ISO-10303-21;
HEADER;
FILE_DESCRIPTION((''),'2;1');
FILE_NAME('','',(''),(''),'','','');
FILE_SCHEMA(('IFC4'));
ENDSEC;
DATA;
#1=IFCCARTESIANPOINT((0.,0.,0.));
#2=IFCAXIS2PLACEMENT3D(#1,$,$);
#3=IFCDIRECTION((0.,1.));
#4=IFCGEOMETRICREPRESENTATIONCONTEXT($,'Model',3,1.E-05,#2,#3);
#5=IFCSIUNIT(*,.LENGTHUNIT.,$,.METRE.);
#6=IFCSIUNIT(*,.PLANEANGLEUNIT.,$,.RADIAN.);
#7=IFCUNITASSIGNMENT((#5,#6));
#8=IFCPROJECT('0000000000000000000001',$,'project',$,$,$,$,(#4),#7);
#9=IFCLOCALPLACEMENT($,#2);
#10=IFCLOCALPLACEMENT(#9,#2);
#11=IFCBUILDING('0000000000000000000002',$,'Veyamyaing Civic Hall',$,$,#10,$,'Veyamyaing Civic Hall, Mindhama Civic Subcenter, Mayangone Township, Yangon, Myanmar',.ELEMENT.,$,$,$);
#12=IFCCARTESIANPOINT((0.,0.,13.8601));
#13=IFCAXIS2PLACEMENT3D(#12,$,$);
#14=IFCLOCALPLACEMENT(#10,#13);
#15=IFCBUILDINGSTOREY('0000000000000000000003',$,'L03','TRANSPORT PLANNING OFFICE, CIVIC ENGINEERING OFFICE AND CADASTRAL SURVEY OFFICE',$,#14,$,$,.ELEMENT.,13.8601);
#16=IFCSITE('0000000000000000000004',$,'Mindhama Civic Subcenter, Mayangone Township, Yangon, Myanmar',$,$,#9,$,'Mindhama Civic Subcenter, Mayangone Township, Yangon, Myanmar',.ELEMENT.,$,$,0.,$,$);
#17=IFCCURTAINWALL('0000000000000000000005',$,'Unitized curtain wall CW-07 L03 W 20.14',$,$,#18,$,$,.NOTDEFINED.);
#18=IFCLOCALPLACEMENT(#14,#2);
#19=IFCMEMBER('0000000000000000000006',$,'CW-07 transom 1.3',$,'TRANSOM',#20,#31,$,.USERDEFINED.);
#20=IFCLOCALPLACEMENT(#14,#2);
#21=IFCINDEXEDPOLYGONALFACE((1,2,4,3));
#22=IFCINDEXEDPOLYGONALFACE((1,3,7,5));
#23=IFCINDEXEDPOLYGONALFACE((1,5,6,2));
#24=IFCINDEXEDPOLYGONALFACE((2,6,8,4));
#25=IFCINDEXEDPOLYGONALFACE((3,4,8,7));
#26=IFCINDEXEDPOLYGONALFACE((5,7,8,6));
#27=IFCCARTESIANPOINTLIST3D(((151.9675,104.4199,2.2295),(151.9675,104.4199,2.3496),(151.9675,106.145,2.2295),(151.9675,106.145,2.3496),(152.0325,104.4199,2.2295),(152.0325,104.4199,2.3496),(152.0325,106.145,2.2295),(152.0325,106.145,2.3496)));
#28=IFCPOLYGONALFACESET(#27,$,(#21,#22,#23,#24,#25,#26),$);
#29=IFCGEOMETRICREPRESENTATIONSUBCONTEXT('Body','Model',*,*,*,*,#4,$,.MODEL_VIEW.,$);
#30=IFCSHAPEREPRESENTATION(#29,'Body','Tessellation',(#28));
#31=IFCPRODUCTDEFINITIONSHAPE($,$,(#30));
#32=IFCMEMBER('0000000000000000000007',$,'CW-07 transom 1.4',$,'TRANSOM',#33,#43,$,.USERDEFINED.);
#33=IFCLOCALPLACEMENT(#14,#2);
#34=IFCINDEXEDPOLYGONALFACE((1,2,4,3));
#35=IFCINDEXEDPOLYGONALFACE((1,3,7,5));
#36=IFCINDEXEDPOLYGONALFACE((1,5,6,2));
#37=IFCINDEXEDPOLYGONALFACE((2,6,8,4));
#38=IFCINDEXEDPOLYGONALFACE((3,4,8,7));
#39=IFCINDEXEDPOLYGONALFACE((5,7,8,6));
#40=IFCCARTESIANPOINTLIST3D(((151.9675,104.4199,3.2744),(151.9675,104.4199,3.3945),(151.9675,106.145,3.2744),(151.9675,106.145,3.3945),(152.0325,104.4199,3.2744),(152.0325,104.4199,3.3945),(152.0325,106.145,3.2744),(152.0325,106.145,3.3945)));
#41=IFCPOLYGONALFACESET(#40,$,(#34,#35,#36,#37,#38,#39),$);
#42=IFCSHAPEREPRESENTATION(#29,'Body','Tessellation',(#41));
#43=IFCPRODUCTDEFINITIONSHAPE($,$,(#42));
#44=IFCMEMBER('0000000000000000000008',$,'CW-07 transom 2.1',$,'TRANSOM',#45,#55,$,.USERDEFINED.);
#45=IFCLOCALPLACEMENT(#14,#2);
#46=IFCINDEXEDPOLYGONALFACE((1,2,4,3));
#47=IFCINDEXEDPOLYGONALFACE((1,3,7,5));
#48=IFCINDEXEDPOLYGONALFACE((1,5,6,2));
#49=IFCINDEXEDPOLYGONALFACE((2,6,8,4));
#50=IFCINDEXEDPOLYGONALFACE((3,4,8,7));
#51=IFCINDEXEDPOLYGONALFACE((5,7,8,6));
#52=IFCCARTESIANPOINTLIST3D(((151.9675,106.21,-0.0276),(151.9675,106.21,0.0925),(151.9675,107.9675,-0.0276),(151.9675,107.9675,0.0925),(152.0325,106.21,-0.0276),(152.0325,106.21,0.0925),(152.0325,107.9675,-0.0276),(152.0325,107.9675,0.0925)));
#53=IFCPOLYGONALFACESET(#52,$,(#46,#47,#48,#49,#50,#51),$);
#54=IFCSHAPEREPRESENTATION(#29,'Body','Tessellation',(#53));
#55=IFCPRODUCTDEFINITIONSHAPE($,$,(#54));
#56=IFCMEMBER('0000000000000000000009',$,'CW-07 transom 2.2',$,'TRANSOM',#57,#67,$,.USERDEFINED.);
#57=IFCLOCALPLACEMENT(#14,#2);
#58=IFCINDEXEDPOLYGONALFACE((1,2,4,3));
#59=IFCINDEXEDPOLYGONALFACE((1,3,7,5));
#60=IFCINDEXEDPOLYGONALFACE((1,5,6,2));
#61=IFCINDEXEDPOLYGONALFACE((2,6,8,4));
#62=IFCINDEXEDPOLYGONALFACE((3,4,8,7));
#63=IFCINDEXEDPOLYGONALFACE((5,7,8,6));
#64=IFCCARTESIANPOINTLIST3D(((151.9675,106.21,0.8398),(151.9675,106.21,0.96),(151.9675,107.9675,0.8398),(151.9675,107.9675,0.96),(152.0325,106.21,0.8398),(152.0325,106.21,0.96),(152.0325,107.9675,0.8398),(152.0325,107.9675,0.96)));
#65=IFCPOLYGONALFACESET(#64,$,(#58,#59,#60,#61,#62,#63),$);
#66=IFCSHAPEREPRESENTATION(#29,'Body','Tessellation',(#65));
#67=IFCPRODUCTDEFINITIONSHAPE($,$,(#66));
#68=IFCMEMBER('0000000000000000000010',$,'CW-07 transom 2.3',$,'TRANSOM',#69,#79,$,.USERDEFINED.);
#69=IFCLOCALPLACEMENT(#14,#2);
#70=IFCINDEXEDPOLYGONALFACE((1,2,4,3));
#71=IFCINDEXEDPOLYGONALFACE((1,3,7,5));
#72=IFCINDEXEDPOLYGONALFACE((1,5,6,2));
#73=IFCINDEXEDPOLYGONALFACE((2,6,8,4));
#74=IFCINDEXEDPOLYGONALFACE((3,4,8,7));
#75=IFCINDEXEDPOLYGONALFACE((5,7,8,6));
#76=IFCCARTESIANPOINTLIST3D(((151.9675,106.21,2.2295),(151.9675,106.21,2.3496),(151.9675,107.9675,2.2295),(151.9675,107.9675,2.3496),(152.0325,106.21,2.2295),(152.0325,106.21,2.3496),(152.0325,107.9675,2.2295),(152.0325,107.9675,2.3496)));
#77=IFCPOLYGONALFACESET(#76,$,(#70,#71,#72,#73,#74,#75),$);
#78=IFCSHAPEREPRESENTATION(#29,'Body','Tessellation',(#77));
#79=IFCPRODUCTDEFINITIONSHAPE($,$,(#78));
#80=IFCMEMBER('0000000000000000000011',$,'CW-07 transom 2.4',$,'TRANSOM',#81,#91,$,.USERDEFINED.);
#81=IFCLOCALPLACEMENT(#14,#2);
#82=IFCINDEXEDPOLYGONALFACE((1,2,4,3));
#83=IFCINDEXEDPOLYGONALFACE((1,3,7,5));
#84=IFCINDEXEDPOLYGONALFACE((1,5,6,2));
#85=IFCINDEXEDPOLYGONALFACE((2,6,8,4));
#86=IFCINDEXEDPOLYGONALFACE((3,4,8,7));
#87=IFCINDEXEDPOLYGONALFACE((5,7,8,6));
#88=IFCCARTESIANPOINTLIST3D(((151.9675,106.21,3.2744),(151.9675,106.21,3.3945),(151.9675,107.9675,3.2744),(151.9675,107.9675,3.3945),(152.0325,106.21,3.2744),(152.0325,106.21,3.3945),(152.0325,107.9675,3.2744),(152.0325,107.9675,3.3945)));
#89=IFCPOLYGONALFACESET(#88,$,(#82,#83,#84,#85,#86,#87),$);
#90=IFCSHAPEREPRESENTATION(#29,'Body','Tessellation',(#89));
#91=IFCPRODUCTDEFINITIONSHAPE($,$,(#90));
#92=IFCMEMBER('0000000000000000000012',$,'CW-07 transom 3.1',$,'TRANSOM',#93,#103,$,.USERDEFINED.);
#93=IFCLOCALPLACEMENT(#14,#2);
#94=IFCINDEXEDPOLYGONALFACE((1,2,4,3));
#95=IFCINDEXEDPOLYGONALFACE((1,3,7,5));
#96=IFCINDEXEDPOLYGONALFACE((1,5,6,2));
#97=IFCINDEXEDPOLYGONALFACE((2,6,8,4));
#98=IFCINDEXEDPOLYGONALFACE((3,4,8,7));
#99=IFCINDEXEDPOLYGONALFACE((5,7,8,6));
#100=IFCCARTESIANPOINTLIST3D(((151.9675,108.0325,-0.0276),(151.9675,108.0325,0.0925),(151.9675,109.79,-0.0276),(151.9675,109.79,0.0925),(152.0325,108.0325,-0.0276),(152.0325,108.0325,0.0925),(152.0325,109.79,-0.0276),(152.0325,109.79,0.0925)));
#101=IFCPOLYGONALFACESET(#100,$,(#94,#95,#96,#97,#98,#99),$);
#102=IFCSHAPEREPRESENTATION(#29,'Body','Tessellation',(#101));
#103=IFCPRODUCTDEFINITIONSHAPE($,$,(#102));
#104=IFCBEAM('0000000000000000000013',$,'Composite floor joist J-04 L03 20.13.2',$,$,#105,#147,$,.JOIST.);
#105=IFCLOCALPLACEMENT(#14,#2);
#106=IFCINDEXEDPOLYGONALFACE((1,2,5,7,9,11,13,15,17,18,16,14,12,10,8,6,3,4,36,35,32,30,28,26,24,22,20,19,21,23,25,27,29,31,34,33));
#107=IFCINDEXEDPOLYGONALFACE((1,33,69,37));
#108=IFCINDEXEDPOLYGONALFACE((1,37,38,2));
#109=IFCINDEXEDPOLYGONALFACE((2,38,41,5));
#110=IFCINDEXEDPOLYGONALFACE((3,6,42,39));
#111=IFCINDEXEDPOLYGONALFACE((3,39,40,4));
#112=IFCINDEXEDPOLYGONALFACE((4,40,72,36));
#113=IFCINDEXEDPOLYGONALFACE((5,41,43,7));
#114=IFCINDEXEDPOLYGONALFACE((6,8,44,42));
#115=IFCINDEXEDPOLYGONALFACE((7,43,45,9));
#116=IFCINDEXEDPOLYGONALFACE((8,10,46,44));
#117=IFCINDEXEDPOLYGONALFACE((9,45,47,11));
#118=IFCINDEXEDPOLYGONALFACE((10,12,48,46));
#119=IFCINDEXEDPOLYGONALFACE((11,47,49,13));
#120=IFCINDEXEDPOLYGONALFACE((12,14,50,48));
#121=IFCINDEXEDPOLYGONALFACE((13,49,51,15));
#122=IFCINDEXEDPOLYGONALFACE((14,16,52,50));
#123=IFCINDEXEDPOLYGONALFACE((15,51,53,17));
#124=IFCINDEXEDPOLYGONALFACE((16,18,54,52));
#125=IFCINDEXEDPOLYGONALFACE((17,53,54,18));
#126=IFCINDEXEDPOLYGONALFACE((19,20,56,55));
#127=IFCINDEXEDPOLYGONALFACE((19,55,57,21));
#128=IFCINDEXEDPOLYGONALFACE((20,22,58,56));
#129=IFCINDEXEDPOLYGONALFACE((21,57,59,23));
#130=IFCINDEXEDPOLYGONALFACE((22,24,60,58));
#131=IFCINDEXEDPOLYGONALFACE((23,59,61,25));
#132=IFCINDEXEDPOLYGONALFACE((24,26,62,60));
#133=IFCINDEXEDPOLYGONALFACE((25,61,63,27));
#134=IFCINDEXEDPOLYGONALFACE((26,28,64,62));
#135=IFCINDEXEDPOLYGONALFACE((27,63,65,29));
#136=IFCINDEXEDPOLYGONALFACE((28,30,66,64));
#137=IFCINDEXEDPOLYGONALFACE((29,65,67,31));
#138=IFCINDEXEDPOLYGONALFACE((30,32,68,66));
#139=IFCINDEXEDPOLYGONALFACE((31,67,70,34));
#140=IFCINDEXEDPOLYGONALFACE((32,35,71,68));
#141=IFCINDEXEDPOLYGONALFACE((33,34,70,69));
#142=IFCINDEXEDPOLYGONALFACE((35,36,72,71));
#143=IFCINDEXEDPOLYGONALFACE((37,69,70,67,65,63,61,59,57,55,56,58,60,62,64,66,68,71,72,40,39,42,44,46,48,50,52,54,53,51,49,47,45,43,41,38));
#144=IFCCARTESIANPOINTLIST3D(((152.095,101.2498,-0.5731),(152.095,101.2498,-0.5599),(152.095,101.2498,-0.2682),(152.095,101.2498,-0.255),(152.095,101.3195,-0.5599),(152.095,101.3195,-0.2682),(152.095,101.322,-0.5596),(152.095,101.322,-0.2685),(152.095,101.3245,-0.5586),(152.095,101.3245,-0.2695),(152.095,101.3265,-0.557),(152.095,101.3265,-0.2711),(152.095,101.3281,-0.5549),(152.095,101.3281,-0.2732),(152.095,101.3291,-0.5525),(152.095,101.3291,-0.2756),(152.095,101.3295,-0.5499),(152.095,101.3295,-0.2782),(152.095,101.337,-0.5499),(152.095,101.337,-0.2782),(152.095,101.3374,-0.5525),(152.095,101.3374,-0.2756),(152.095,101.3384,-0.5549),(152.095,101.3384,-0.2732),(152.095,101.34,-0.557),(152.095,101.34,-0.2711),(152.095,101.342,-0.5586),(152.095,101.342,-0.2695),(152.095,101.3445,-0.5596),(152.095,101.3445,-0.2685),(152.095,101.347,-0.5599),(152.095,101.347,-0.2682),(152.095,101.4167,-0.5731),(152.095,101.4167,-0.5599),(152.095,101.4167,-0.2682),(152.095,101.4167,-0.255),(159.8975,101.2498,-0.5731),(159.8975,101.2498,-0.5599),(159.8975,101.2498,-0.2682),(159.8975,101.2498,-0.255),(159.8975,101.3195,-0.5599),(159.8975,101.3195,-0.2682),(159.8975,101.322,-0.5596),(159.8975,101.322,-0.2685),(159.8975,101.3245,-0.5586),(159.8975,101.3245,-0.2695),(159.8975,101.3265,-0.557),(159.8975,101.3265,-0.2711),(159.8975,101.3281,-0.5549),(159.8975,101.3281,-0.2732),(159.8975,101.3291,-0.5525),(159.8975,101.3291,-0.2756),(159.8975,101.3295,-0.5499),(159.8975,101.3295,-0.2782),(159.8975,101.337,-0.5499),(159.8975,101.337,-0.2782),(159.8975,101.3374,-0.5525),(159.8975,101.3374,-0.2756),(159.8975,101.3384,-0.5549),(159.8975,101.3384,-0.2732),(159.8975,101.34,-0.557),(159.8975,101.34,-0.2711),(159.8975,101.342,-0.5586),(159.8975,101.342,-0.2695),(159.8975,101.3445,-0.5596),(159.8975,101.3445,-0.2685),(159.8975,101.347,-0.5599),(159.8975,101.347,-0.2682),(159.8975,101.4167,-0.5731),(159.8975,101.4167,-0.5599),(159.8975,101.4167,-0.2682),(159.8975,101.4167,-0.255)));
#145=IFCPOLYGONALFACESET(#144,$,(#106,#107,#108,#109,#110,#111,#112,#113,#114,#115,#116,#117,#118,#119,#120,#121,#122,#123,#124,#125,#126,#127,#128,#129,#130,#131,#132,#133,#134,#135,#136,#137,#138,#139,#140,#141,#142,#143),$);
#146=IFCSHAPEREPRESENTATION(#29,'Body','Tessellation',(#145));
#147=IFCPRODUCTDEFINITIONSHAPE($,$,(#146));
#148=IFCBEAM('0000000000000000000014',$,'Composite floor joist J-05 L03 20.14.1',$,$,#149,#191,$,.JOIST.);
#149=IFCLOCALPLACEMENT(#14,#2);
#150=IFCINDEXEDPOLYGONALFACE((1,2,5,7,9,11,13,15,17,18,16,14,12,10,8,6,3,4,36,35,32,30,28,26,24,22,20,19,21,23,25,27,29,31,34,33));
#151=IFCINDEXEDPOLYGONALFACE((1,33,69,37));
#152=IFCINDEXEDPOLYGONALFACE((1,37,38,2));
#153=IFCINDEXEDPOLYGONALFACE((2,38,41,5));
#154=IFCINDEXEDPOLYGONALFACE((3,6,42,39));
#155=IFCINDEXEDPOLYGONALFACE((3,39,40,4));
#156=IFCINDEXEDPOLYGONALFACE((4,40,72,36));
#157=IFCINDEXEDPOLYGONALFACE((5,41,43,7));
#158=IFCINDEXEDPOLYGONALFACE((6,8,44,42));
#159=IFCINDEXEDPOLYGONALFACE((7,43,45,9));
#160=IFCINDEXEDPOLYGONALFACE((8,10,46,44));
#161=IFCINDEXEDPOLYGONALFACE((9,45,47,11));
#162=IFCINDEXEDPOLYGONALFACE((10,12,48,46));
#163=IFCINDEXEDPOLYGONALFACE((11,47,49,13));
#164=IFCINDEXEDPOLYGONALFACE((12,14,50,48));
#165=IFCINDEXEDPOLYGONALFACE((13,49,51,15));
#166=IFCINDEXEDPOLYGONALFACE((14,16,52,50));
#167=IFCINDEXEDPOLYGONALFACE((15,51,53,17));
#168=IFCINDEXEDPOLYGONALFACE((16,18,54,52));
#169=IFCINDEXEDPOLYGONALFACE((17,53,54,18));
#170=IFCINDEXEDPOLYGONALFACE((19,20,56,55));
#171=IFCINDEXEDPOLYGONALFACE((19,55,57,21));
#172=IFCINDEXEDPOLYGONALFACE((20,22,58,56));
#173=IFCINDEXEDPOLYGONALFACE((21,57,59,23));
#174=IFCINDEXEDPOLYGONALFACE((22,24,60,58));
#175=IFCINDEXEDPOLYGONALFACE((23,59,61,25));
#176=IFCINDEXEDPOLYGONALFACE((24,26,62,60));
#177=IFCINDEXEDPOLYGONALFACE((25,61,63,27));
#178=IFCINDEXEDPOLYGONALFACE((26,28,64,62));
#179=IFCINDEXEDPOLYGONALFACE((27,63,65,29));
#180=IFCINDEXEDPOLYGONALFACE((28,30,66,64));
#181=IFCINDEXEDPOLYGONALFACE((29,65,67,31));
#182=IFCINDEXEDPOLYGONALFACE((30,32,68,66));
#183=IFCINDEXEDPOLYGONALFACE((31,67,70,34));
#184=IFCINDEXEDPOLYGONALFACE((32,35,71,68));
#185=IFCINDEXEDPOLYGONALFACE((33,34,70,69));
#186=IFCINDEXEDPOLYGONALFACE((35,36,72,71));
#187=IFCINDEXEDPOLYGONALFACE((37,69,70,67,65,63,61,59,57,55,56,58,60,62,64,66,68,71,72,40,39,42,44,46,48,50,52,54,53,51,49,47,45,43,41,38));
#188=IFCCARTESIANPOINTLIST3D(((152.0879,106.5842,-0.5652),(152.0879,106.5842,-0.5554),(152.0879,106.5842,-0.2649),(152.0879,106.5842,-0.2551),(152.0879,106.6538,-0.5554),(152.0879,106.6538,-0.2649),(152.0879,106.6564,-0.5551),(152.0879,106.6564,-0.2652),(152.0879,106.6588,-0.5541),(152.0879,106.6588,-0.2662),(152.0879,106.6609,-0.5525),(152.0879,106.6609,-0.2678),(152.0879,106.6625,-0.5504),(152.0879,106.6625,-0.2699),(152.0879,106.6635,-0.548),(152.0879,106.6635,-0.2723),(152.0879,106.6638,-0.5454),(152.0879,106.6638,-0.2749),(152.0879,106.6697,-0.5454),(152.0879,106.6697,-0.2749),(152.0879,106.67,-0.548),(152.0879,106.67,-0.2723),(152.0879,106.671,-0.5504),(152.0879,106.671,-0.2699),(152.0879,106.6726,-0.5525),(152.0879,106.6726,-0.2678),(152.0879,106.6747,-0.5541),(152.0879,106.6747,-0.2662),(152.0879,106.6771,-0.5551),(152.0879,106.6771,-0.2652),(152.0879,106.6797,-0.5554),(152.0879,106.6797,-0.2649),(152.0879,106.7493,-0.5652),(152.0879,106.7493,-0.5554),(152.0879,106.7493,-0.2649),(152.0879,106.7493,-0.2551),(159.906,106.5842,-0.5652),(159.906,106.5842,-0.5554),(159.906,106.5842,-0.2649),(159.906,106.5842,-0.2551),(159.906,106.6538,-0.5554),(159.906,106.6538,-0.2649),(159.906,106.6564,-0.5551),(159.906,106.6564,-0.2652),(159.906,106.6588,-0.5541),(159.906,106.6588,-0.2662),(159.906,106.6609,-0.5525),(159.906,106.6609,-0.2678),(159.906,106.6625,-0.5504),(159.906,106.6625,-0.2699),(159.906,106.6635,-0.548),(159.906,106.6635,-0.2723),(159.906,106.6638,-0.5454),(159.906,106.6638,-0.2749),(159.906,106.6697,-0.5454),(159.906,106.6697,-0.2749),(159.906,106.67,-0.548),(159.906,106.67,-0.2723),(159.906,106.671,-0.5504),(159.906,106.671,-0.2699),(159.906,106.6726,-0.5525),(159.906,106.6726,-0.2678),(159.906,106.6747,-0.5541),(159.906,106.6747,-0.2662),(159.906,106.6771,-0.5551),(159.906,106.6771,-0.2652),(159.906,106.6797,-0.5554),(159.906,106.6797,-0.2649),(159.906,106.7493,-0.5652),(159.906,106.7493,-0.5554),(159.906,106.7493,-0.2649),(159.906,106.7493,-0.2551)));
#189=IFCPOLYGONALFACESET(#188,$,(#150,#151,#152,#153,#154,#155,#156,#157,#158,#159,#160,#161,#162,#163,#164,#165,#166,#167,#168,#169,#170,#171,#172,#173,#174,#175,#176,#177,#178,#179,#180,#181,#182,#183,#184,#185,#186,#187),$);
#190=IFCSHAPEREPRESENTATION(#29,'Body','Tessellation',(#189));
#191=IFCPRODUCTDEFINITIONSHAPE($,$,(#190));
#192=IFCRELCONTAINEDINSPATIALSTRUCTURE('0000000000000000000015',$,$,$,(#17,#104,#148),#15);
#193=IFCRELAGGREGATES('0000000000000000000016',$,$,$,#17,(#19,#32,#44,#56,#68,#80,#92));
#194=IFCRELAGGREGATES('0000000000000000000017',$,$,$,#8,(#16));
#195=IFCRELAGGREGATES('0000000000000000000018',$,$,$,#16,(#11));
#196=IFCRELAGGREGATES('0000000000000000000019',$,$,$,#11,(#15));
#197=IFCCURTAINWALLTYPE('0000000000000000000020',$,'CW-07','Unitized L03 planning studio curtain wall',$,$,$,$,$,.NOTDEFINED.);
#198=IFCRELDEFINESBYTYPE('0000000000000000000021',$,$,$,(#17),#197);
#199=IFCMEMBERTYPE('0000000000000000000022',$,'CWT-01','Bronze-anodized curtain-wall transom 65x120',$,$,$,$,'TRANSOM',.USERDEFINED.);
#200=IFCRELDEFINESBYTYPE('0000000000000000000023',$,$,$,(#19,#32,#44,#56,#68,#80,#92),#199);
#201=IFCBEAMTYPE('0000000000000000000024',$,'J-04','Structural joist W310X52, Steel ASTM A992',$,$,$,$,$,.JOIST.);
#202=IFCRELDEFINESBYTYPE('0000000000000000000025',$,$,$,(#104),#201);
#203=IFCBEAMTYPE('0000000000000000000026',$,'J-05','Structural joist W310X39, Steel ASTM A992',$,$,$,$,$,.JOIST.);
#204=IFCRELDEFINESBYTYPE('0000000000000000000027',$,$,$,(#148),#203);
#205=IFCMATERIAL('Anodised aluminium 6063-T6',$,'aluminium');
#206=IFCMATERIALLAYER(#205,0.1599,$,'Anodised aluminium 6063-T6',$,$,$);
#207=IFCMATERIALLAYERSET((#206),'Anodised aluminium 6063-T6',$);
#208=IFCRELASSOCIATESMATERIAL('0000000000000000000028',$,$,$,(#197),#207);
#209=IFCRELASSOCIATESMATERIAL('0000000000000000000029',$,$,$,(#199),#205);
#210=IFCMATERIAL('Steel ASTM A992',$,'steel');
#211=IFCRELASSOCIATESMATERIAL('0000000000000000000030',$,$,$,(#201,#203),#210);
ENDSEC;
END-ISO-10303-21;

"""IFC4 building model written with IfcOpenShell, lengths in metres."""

from ifc_helpers import new_model, si_unit, direction, frame, origin, origin_2d, place, context, subcontext, project, spatial, rectangle, i_section, extrude, material, layer, layer_set, material_profile, profile_set, type_object, element, aggregate, save


model = new_model("IFC4")

# Units and contexts
model_context = context("Model", 3, precision=1e-05, world=origin(), true_north=direction((0.0, 1.0)))
body_context = subcontext(model_context, "Body", "Model", "MODEL_VIEW")
ifc_project = project(units=[si_unit("LENGTHUNIT", "METRE"), si_unit("PLANEANGLEUNIT", "RADIAN")], contexts=[model_context])

# Site, building, storey
site_placement = place(None, origin())
site = spatial("IfcSite", under=ifc_project, at=site_placement, Name="Mindhama Civic Subcenter, Mayangone Township, Yangon, Myanmar", LongName="Mindhama Civic Subcenter, Mayangone Township, Yangon, Myanmar", CompositionType="ELEMENT", RefElevation=0.0)
building_placement = place(site_placement, origin())
building = spatial("IfcBuilding", under=site, at=building_placement, Name="Veyamyaing Civic Hall", LongName="Veyamyaing Civic Hall, Mindhama Civic Subcenter, Mayangone Township, Yangon, Myanmar", CompositionType="ELEMENT")
storey_placement = place(building_placement, frame((0.0, 0.0, 13.8601)))
storey = spatial("IfcBuildingStorey", under=building, at=storey_placement, Name="L03", Description="TRANSPORT PLANNING OFFICE, CIVIC ENGINEERING OFFICE AND CADASTRAL SURVEY OFFICE", CompositionType="ELEMENT", Elevation=13.8601)

# Shared definitions
ifc_material_1 = material(Name="Steel ASTM A992", Category="steel")

# Curtain wall, members
ifc_material_2 = material(Name="Anodised aluminium 6063-T6", Category="aluminium")
ifc_layer_1 = layer(ifc_material_2, 0.1599, Name="Anodised aluminium 6063-T6")
ifc_layer_set_1 = layer_set([ifc_layer_1], Name="Anodised aluminium 6063-T6")
curtain_wall_type = type_object("IfcCurtainWallType", Name="CW-07", Description="Unitized L03 planning studio curtain wall", PredefinedType="NOTDEFINED", material=ifc_layer_set_1)
curtain_wall_placement = place(storey_placement, origin())
curtain_wall = element("IfcCurtainWall", 1, at=curtain_wall_placement, inside=storey, type_object=curtain_wall_type, Name="Unitized curtain wall CW-07 L03 W 20.14", PredefinedType="NOTDEFINED")
ifc_material_profile_1 = material_profile(ifc_material_2, rectangle(XDim=0.0649, YDim=0.1201, at=origin_2d()), Name="ALU-TRN-65X120")
ifc_profile_set_1 = profile_set([ifc_material_profile_1], Name="Anodised aluminium 6063-T6")
member_type_1 = type_object("IfcMemberType", Name="CWT-01", Description="Bronze-anodized curtain-wall transom 65x120", ElementType="TRANSOM", PredefinedType="USERDEFINED", material=ifc_profile_set_1)
member_1_placement = place(storey_placement, frame((152.0, 104.4199, 2.2896), z_axis=(0.0, 1.0, 0.0), x_axis=(-1.0, 0.0, 0.0)))
member_1 = element("IfcMember", 2, at=member_1_placement, type_object=member_type_1, Name="CW-07 transom 1.3", ObjectType="TRANSOM", PredefinedType="USERDEFINED", context=body_context, shape_type="SweptSolid", body=[
    extrude(rectangle(XDim=0.0649, YDim=0.1201, at=origin_2d()), origin(), (0.0, 0.0, 1.0), 1.7251),
])
member_2_placement = place(storey_placement, frame((152.0, 104.4199, 3.3345), z_axis=(0.0, 1.0, 0.0), x_axis=(-1.0, 0.0, 0.0)))
member_2 = element("IfcMember", 3, at=member_2_placement, type_object=member_type_1, Name="CW-07 transom 1.4", ObjectType="TRANSOM", PredefinedType="USERDEFINED", context=body_context, shape_type="SweptSolid", body=[
    extrude(rectangle(XDim=0.0649, YDim=0.1201, at=origin_2d()), origin(), (0.0, 0.0, 1.0), 1.7251),
])
member_3_placement = place(storey_placement, frame((152.0, 106.21, 0.0325), z_axis=(0.0, 1.0, 0.0), x_axis=(-1.0, 0.0, 0.0)))
member_3 = element("IfcMember", 4, at=member_3_placement, type_object=member_type_1, Name="CW-07 transom 2.1", ObjectType="TRANSOM", PredefinedType="USERDEFINED", context=body_context, shape_type="SweptSolid", body=[
    extrude(rectangle(XDim=0.0649, YDim=0.1201, at=origin_2d()), origin(), (0.0, 0.0, 1.0), 1.7576),
])
member_4_placement = place(storey_placement, frame((152.0, 106.21, 0.8999), z_axis=(0.0, 1.0, 0.0), x_axis=(-1.0, 0.0, 0.0)))
member_4 = element("IfcMember", 5, at=member_4_placement, type_object=member_type_1, Name="CW-07 transom 2.2", ObjectType="TRANSOM", PredefinedType="USERDEFINED", context=body_context, shape_type="SweptSolid", body=[
    extrude(rectangle(XDim=0.0649, YDim=0.1201, at=origin_2d()), origin(), (0.0, 0.0, 1.0), 1.7576),
])
member_5_placement = place(storey_placement, frame((152.0, 106.21, 2.2896), z_axis=(0.0, 1.0, 0.0), x_axis=(-1.0, 0.0, 0.0)))
member_5 = element("IfcMember", 6, at=member_5_placement, type_object=member_type_1, Name="CW-07 transom 2.3", ObjectType="TRANSOM", PredefinedType="USERDEFINED", context=body_context, shape_type="SweptSolid", body=[
    extrude(rectangle(XDim=0.0649, YDim=0.1201, at=origin_2d()), origin(), (0.0, 0.0, 1.0), 1.7576),
])
member_6_placement = place(storey_placement, frame((152.0, 106.21, 3.3345), z_axis=(0.0, 1.0, 0.0), x_axis=(-1.0, 0.0, 0.0)))
member_6 = element("IfcMember", 7, at=member_6_placement, type_object=member_type_1, Name="CW-07 transom 2.4", ObjectType="TRANSOM", PredefinedType="USERDEFINED", context=body_context, shape_type="SweptSolid", body=[
    extrude(rectangle(XDim=0.0649, YDim=0.1201, at=origin_2d()), origin(), (0.0, 0.0, 1.0), 1.7576),
])
member_7_placement = place(storey_placement, frame((152.0, 108.0325, 0.0325), z_axis=(0.0, 1.0, 0.0), x_axis=(-1.0, 0.0, 0.0)))
member_7 = element("IfcMember", 8, at=member_7_placement, type_object=member_type_1, Name="CW-07 transom 3.1", ObjectType="TRANSOM", PredefinedType="USERDEFINED", context=body_context, shape_type="SweptSolid", body=[
    extrude(rectangle(XDim=0.0649, YDim=0.1201, at=origin_2d()), origin(), (0.0, 0.0, 1.0), 1.7576),
])

# Beams
ifc_material_profile_2 = material_profile(ifc_material_1, i_section(OverallWidth=0.167, OverallDepth=0.3181, WebThickness=0.0076, FlangeThickness=0.0132, FilletRadius=0.01, at=origin_2d()), Name="W310X52")
ifc_profile_set_2 = profile_set([ifc_material_profile_2], Name="Steel ASTM A992")
beam_type_1 = type_object("IfcBeamType", Name="J-04", Description="Structural joist W310X52, Steel ASTM A992", PredefinedType="JOIST", material=ifc_profile_set_2)
beam_1_placement = place(storey_placement, frame((152.095, 101.3333, -0.4141), z_axis=(1.0, 0.0, 0.0), x_axis=(0.0, 1.0, 0.0)))
element("IfcBeam", 9, at=beam_1_placement, inside=storey, type_object=beam_type_1, Name="Composite floor joist J-04 L03 20.13.2", PredefinedType="JOIST", context=body_context, shape_type="SweptSolid", body=[
    extrude(i_section(OverallWidth=0.167, OverallDepth=0.3181, WebThickness=0.0076, FlangeThickness=0.0132, FilletRadius=0.01, at=origin_2d()), origin(), (0.0, 0.0, 1.0), 7.8025),
])
ifc_material_profile_3 = material_profile(ifc_material_1, i_section(OverallWidth=0.165, OverallDepth=0.3101, WebThickness=0.0059, FlangeThickness=0.0098, FilletRadius=0.01, at=origin_2d()), Name="W310X39")
ifc_profile_set_3 = profile_set([ifc_material_profile_3], Name="Steel ASTM A992")
beam_type_2 = type_object("IfcBeamType", Name="J-05", Description="Structural joist W310X39, Steel ASTM A992", PredefinedType="JOIST", material=ifc_profile_set_3)
beam_2_placement = place(storey_placement, frame((152.0879, 106.6667, -0.4102), z_axis=(1.0, 0.0, 0.0), x_axis=(0.0, 1.0, 0.0)))
element("IfcBeam", 10, at=beam_2_placement, inside=storey, type_object=beam_type_2, Name="Composite floor joist J-05 L03 20.14.1", PredefinedType="JOIST", context=body_context, shape_type="SweptSolid", body=[
    extrude(i_section(OverallWidth=0.165, OverallDepth=0.3101, WebThickness=0.0059, FlangeThickness=0.0098, FilletRadius=0.01, at=origin_2d()), origin(), (0.0, 0.0, 1.0), 7.8181),
])

aggregate(curtain_wall, [member_1, member_2, member_3, member_4, member_5, member_6, member_7])

save(model, "model.ifc")
